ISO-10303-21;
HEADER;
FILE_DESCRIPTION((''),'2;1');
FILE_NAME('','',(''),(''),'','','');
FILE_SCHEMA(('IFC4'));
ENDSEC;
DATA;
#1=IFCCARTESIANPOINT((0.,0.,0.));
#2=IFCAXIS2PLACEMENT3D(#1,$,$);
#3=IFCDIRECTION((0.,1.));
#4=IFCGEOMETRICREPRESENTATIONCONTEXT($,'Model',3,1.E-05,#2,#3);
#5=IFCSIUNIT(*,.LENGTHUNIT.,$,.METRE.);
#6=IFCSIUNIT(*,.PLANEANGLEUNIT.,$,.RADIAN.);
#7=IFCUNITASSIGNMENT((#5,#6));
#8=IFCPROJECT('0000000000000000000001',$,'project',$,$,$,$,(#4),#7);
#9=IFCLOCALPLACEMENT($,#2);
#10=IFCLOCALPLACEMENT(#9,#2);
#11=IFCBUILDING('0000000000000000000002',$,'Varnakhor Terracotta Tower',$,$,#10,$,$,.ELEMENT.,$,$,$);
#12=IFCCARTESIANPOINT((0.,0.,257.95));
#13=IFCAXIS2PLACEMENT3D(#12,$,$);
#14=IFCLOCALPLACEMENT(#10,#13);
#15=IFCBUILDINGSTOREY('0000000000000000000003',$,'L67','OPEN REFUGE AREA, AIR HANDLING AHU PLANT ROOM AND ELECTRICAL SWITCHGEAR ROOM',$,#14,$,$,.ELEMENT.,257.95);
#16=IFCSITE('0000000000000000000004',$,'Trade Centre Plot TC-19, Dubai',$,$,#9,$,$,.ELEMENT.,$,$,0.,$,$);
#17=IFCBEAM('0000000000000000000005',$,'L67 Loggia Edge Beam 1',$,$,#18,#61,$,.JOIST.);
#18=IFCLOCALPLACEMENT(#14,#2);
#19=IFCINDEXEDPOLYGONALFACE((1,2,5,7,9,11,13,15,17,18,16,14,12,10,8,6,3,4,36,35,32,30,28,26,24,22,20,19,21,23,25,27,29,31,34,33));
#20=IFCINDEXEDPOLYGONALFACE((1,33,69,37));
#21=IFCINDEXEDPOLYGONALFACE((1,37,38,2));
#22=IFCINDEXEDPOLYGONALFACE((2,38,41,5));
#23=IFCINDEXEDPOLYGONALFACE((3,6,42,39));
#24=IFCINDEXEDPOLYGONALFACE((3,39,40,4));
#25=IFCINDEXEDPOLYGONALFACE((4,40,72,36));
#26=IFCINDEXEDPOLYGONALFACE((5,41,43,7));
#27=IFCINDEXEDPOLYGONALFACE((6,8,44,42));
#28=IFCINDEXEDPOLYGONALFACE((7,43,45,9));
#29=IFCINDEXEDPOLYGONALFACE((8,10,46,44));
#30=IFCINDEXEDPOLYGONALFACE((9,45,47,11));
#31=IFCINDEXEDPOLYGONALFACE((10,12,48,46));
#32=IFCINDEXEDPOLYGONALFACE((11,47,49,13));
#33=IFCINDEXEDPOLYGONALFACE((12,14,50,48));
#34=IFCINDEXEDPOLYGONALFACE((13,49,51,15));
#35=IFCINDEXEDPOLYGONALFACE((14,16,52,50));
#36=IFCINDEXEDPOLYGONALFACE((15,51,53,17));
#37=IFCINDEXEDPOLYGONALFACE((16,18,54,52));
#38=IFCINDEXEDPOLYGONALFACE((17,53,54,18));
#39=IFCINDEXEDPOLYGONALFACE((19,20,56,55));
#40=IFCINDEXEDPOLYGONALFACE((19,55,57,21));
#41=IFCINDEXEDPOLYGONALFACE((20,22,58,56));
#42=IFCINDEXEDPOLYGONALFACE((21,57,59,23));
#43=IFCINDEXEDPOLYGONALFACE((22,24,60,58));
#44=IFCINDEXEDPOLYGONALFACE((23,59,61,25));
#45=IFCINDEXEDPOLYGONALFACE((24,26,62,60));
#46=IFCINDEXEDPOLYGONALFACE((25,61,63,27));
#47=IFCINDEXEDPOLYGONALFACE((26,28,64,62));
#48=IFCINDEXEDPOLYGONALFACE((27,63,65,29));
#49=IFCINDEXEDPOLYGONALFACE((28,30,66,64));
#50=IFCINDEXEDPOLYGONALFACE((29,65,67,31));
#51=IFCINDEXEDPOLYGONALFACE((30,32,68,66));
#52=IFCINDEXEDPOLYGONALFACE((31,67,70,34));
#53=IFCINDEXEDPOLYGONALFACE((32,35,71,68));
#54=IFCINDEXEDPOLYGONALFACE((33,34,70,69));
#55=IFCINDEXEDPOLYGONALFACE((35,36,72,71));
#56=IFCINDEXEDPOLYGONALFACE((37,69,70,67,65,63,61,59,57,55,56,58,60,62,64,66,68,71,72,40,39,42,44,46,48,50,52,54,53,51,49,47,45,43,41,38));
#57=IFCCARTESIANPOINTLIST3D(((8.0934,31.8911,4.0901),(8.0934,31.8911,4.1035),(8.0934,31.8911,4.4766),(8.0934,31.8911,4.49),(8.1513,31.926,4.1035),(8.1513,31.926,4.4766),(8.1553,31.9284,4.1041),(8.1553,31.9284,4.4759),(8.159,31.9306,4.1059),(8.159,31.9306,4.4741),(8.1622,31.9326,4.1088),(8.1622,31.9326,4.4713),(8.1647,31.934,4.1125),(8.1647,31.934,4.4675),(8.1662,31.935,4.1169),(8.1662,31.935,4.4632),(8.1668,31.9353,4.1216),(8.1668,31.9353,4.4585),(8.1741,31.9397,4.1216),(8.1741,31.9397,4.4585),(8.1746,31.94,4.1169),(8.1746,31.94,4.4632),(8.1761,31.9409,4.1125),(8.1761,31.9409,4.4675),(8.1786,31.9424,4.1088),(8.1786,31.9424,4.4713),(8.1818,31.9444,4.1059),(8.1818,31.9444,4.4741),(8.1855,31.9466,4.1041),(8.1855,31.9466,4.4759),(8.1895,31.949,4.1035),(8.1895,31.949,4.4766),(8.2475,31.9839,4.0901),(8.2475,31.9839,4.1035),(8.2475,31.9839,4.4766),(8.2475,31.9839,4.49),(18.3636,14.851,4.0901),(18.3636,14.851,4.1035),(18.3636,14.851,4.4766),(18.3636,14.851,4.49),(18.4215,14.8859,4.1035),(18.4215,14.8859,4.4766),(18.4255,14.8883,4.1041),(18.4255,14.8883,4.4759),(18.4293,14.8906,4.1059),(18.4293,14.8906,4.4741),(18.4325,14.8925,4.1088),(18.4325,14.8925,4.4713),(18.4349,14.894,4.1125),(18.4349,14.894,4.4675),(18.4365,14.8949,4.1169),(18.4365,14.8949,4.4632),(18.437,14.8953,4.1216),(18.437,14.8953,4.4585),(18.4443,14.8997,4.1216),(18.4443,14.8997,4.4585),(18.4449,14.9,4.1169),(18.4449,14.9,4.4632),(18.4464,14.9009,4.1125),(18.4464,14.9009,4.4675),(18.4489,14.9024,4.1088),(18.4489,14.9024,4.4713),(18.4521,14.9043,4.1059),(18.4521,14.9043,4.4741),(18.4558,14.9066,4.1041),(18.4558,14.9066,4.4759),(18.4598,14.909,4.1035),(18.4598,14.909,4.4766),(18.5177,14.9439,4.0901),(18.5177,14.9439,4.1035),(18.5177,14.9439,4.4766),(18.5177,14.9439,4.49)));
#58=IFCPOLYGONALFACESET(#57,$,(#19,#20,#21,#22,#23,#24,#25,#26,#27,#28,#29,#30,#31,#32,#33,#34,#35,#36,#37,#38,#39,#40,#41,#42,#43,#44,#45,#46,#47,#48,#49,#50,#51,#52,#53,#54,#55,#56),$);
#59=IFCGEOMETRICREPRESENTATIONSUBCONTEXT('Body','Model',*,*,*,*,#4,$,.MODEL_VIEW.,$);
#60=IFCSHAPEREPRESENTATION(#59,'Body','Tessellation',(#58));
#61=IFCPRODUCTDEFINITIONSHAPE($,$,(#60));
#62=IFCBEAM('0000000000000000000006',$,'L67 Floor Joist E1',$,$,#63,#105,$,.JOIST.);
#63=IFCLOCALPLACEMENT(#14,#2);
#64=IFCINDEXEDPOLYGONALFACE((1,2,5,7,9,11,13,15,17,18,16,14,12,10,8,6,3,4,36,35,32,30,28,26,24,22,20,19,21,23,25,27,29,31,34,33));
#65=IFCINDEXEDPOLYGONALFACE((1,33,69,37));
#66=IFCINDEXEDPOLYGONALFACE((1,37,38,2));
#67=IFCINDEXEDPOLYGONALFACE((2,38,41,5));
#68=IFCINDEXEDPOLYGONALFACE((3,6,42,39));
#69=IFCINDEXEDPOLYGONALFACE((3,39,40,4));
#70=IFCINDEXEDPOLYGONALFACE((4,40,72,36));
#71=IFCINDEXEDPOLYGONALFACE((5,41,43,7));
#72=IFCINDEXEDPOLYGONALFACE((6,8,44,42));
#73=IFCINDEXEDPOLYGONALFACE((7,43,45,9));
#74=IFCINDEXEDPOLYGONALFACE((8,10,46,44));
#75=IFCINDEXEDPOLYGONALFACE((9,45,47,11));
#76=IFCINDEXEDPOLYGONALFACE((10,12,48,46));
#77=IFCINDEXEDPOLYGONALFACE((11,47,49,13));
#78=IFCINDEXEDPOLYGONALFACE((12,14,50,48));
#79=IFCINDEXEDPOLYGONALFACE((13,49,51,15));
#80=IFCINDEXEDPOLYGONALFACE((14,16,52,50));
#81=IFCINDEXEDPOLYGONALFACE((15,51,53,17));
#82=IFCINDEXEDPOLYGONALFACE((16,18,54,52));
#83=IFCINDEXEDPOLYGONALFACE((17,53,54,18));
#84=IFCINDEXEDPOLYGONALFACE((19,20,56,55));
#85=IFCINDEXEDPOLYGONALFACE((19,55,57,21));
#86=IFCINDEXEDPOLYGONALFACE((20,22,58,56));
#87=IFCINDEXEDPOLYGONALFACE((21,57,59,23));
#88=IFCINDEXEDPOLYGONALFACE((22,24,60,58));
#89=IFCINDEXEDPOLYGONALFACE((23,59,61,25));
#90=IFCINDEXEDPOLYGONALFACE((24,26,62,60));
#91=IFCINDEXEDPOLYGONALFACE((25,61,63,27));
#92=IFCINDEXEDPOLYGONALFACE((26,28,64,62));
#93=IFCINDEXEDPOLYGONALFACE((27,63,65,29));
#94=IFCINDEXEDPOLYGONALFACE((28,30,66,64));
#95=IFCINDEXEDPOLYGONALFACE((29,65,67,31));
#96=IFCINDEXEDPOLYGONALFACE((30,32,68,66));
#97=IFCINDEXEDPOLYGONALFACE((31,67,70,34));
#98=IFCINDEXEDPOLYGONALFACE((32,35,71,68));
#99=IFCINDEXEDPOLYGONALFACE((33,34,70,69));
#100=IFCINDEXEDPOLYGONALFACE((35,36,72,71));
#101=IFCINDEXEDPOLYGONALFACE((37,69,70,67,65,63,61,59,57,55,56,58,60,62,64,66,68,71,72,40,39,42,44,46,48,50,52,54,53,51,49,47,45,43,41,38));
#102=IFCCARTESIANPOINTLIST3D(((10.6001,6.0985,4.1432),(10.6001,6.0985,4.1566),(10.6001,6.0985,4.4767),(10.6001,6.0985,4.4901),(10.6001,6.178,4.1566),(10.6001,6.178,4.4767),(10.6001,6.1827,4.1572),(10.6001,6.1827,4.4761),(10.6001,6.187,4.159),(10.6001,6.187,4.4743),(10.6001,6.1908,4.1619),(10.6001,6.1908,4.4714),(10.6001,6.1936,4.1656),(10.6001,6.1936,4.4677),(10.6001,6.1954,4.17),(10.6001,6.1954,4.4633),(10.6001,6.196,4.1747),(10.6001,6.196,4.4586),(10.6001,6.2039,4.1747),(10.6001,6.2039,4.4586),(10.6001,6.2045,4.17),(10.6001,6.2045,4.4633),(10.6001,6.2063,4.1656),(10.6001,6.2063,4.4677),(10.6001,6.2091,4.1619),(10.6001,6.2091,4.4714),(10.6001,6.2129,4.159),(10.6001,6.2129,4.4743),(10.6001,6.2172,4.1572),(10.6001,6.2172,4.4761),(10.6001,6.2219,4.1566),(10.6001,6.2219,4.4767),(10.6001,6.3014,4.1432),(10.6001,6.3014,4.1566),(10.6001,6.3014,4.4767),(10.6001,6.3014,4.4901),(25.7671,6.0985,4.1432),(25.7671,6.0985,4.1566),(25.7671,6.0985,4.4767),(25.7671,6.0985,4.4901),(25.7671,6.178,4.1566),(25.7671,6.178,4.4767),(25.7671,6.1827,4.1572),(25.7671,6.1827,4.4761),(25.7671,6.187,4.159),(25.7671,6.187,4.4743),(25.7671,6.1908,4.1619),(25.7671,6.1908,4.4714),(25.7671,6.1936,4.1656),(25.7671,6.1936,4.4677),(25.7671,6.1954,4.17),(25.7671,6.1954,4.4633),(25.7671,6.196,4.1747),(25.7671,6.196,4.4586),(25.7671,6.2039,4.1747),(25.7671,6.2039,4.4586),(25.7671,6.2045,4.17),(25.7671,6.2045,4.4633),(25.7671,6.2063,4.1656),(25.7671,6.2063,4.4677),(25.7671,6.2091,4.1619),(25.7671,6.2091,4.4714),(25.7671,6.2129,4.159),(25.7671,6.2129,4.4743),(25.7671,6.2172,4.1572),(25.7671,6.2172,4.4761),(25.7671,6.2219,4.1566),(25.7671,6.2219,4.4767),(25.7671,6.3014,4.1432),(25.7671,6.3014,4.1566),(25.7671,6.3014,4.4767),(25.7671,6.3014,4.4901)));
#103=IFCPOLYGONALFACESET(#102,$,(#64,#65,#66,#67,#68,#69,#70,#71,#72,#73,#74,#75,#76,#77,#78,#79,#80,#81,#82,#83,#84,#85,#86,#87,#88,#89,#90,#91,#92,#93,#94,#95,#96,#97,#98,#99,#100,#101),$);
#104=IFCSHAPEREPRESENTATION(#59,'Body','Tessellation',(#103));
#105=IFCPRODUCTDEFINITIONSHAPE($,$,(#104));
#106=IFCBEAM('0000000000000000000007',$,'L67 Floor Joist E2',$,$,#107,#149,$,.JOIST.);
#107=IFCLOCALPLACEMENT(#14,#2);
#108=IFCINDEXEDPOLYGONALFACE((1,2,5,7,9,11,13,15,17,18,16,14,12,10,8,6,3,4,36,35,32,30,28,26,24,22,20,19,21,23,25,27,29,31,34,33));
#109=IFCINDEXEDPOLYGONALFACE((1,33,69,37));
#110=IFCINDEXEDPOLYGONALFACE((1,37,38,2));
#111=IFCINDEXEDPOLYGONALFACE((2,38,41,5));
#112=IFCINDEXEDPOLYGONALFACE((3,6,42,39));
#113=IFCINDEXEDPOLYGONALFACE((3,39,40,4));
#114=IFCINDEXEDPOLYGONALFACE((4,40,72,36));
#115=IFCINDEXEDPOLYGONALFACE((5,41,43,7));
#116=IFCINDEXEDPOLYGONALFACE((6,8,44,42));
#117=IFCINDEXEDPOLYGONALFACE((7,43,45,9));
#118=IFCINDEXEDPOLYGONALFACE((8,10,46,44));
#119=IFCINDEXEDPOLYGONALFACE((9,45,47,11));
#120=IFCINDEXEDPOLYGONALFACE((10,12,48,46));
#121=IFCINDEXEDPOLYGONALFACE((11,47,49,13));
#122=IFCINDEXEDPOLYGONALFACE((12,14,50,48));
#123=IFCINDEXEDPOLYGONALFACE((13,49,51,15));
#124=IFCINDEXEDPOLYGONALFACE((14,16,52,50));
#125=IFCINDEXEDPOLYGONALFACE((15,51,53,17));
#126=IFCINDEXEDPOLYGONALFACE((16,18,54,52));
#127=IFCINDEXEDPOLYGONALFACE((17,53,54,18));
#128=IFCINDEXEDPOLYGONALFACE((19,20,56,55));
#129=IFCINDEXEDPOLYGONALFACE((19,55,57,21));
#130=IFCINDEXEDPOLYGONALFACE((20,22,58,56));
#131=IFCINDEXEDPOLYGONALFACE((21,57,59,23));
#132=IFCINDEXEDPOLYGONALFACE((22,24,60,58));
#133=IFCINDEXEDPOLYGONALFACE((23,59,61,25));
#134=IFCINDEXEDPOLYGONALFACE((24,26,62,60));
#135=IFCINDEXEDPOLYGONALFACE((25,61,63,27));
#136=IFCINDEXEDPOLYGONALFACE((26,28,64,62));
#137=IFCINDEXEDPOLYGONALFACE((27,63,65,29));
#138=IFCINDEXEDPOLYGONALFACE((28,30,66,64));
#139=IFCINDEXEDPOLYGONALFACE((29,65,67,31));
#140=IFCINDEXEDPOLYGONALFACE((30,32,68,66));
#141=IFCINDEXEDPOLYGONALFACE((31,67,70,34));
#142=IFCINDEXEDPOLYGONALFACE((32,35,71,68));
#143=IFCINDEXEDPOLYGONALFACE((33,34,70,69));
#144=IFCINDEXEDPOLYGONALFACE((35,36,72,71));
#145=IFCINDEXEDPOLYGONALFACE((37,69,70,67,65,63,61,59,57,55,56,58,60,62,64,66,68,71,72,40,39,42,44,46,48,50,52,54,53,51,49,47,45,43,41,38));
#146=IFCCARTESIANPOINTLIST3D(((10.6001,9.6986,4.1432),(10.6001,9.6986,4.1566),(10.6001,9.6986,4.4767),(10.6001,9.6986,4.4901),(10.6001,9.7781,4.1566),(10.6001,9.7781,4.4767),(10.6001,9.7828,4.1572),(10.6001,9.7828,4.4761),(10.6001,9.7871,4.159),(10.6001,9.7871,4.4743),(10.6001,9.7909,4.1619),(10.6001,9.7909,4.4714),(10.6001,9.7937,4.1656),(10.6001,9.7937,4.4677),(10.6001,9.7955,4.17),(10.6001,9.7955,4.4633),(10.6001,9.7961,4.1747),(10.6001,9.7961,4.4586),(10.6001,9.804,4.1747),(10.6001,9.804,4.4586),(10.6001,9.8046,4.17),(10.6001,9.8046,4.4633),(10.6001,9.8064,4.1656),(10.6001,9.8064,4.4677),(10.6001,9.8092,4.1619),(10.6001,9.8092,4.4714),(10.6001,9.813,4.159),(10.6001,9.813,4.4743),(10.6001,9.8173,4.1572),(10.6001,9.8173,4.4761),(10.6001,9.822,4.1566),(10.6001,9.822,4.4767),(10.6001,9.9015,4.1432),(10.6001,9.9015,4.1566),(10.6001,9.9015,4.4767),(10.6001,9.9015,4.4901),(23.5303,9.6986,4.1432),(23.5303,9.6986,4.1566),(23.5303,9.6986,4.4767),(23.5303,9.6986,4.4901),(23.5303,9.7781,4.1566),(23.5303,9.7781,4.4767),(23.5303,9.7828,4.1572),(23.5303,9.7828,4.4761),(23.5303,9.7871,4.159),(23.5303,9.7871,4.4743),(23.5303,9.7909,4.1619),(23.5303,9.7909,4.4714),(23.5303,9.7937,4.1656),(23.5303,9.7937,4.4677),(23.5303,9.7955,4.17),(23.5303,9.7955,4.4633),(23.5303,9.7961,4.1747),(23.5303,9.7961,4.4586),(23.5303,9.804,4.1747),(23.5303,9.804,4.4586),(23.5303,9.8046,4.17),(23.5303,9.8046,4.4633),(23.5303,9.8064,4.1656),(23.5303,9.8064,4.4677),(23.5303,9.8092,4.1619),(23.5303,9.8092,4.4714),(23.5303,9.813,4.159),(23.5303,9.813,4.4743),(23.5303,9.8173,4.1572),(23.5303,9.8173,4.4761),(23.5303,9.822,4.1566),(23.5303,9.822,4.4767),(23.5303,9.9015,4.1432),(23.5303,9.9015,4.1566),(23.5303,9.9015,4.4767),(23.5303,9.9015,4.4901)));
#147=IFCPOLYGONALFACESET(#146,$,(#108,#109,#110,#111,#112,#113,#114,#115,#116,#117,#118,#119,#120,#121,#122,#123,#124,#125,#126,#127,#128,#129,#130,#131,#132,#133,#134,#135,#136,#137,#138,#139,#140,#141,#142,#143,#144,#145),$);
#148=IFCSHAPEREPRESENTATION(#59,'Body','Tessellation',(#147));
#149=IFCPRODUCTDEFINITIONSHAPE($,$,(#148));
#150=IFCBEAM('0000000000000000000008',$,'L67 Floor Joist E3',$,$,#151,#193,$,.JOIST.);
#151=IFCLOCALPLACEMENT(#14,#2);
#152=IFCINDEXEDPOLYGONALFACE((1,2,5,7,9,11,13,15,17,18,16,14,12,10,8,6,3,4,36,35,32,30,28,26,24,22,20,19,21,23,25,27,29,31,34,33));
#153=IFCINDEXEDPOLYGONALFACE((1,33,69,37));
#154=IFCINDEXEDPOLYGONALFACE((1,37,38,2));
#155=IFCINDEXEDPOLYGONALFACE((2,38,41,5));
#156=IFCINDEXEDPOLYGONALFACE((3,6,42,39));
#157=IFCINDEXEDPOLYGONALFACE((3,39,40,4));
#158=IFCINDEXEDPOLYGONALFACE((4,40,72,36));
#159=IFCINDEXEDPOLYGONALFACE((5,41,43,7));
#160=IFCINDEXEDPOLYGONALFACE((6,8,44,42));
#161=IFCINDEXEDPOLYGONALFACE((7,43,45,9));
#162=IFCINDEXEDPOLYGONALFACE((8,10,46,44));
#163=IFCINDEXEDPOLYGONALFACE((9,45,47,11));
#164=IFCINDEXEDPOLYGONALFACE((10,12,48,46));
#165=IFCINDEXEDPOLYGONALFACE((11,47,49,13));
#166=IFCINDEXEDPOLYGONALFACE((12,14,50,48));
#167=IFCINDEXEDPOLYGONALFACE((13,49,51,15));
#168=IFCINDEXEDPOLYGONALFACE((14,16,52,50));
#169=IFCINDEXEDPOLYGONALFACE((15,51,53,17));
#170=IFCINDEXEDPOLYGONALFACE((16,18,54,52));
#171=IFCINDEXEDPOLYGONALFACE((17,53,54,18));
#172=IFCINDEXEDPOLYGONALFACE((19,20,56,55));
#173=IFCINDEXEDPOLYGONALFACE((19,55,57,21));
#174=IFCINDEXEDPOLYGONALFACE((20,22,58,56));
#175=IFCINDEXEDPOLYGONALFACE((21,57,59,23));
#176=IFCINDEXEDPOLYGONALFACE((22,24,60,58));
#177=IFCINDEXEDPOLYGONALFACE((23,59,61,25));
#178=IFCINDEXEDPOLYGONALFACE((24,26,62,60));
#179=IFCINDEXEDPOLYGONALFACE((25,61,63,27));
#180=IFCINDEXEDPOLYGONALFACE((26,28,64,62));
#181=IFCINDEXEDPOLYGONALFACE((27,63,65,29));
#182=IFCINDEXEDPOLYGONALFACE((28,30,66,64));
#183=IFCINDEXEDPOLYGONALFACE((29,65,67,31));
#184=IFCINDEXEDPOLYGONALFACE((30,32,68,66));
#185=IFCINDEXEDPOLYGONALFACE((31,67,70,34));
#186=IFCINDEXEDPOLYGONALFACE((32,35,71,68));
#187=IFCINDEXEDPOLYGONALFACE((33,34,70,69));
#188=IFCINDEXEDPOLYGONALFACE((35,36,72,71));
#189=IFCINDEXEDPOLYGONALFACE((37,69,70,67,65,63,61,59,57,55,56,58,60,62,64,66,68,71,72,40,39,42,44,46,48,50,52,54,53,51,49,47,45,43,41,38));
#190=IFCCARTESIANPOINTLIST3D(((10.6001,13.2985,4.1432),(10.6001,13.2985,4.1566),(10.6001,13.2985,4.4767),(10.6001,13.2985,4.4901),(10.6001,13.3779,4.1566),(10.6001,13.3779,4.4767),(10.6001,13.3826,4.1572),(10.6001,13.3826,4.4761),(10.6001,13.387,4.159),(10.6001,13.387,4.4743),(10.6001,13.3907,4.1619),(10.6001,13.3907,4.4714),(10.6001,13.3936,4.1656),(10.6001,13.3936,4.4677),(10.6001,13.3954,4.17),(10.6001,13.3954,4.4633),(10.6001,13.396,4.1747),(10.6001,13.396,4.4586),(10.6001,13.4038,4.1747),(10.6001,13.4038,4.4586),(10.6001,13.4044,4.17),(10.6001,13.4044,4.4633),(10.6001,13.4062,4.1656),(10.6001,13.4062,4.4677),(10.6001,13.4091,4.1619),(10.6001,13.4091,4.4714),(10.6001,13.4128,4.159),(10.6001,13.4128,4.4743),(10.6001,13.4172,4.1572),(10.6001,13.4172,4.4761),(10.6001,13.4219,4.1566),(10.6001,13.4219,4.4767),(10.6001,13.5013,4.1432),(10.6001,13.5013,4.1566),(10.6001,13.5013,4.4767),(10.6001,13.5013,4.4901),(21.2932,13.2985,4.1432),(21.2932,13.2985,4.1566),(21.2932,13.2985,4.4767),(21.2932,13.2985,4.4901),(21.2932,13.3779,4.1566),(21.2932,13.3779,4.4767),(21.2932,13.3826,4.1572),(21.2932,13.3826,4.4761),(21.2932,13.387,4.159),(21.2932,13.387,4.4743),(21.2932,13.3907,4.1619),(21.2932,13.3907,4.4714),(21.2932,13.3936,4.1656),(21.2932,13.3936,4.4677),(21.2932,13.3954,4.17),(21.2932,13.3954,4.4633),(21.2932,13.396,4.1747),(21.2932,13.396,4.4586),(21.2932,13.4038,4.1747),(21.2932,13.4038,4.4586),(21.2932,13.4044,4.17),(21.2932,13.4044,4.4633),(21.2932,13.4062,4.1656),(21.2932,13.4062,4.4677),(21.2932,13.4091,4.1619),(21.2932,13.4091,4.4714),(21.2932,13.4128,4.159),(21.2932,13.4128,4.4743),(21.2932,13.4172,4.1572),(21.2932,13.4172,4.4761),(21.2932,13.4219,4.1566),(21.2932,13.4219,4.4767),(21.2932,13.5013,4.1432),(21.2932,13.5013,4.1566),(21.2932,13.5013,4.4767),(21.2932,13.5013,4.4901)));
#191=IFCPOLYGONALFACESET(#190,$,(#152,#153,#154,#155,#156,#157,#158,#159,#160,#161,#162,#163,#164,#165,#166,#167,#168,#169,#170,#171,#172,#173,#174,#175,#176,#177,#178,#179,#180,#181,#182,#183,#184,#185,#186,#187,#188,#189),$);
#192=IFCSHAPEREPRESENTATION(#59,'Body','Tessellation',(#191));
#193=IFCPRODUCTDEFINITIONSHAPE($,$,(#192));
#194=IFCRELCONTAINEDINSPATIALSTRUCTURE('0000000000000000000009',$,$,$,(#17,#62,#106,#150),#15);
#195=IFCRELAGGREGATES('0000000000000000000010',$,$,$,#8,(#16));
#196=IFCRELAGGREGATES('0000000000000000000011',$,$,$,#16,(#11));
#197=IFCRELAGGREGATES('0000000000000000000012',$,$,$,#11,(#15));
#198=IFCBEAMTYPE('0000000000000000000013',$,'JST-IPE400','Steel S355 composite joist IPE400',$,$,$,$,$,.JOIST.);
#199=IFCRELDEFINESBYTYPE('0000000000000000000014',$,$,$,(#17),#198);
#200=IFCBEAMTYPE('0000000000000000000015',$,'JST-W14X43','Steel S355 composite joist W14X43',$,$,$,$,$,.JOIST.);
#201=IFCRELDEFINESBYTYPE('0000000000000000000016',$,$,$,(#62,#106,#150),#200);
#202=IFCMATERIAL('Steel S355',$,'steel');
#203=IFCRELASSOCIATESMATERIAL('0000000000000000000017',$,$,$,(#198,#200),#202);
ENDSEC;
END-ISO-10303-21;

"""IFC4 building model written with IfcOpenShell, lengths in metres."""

from ifc_helpers import new_model, si_unit, direction, frame, origin, origin_2d, place, context, subcontext, project, spatial, i_section, extrude, source, transform, mapped, material, material_profile, profile_set, type_object, element, save


model = new_model("IFC4")

# Units and contexts
model_context = context("Model", 3, precision=1e-05, world=origin(), true_north=direction((0.0, 1.0)))
body_context = subcontext(model_context, "Body", "Model", "MODEL_VIEW")
ifc_project = project(units=[si_unit("LENGTHUNIT", "METRE"), si_unit("PLANEANGLEUNIT", "RADIAN")], contexts=[model_context])

# Site, building, storey
site_placement = place(None, origin())
site = spatial("IfcSite", under=ifc_project, at=site_placement, Name="Trade Centre Plot TC-19, Dubai", CompositionType="ELEMENT", RefElevation=0.0)
building_placement = place(site_placement, origin())
building = spatial("IfcBuilding", under=site, at=building_placement, Name="Varnakhor Terracotta Tower", CompositionType="ELEMENT")
storey_placement = place(building_placement, frame((0.0, 0.0, 257.95)))
storey = spatial("IfcBuildingStorey", under=building, at=storey_placement, Name="L67", Description="OPEN REFUGE AREA, AIR HANDLING AHU PLANT ROOM AND ELECTRICAL SWITCHGEAR ROOM", CompositionType="ELEMENT", Elevation=257.95)

# Beams
ifc_material_1 = material(Name="Steel S355", Category="steel")
ifc_material_profile_1 = material_profile(ifc_material_1, i_section(OverallWidth=0.1799, OverallDepth=0.3999, WebThickness=0.0085, FlangeThickness=0.0134, FilletRadius=0.0181, at=origin_2d()), Name="IPE400")
ifc_profile_set_1 = profile_set([ifc_material_profile_1], Name="Steel S355")
beam_type_1 = type_object("IfcBeamType", Name="JST-IPE400", Description="Steel S355 composite joist IPE400", PredefinedType="JOIST", material=ifc_profile_set_1)
shared_shape_1 = source(origin(), body_context, "Body", "SweptSolid", [
    extrude(i_section(OverallWidth=0.1799, OverallDepth=0.3999, WebThickness=0.0085, FlangeThickness=0.0134, FilletRadius=0.0181, at=origin_2d()), origin(), (0.0, 0.0, 1.0), 19.8958),
])
beam_1_placement = place(storey_placement, frame((18.4407, 14.8975, 4.29), z_axis=(-0.516204, 0.856466, 0.0), x_axis=(-0.856466, -0.516204, 0.0)))
element("IfcBeam", 1, at=beam_1_placement, inside=storey, type_object=beam_type_1, Name="L67 Loggia Edge Beam 1", PredefinedType="JOIST", context=body_context, shape_type="MappedRepresentation", body=[
    mapped(shared_shape_1, transform((0.0, 0.0, 0.0), scale=1.0)),
])
ifc_material_profile_2 = material_profile(ifc_material_1, i_section(OverallWidth=0.2029, OverallDepth=0.3469, WebThickness=0.0078, FlangeThickness=0.0134, FilletRadius=0.0181, at=origin_2d()), Name="W14X43")
ifc_profile_set_2 = profile_set([ifc_material_profile_2], Name="Steel S355")
beam_type_2 = type_object("IfcBeamType", Name="JST-W14X43", Description="Steel S355 composite joist W14X43", PredefinedType="JOIST", material=ifc_profile_set_2)
shared_shape_2 = source(origin(), body_context, "Body", "SweptSolid", [
    extrude(i_section(OverallWidth=0.2029, OverallDepth=0.3469, WebThickness=0.0078, FlangeThickness=0.0134, FilletRadius=0.0181, at=origin_2d()), origin(), (0.0, 0.0, 1.0), 15.167),
])
beam_2_placement = place(storey_placement, frame((10.6001, 6.2, 4.3167), z_axis=(1.0, 0.0, 0.0), x_axis=(0.0, 1.0, 0.0)))
element("IfcBeam", 2, at=beam_2_placement, inside=storey, type_object=beam_type_2, Name="L67 Floor Joist E1", PredefinedType="JOIST", context=body_context, shape_type="MappedRepresentation", body=[
    mapped(shared_shape_2, transform((0.0, 0.0, 0.0), scale=1.0)),
])
shared_shape_3 = source(origin(), body_context, "Body", "SweptSolid", [
    extrude(i_section(OverallWidth=0.2029, OverallDepth=0.3469, WebThickness=0.0078, FlangeThickness=0.0134, FilletRadius=0.0181, at=origin_2d()), origin(), (0.0, 0.0, 1.0), 12.9302),
])
beam_3_placement = place(storey_placement, frame((10.6001, 9.8, 4.3167), z_axis=(1.0, 0.0, 0.0), x_axis=(0.0, 1.0, 0.0)))
element("IfcBeam", 3, at=beam_3_placement, inside=storey, type_object=beam_type_2, Name="L67 Floor Joist E2", PredefinedType="JOIST", context=body_context, shape_type="MappedRepresentation", body=[
    mapped(shared_shape_3, transform((0.0, 0.0, 0.0), scale=1.0)),
])
shared_shape_4 = source(origin(), body_context, "Body", "SweptSolid", [
    extrude(i_section(OverallWidth=0.2029, OverallDepth=0.3469, WebThickness=0.0078, FlangeThickness=0.0134, FilletRadius=0.0181, at=origin_2d()), origin(), (0.0, 0.0, 1.0), 10.6931),
])
beam_4_placement = place(storey_placement, frame((10.6001, 13.3999, 4.3167), z_axis=(1.0, 0.0, 0.0), x_axis=(0.0, 1.0, 0.0)))
element("IfcBeam", 4, at=beam_4_placement, inside=storey, type_object=beam_type_2, Name="L67 Floor Joist E3", PredefinedType="JOIST", context=body_context, shape_type="MappedRepresentation", body=[
    mapped(shared_shape_4, transform((0.0, 0.0, 0.0), scale=1.0)),
])

save(model, "model.ifc")
